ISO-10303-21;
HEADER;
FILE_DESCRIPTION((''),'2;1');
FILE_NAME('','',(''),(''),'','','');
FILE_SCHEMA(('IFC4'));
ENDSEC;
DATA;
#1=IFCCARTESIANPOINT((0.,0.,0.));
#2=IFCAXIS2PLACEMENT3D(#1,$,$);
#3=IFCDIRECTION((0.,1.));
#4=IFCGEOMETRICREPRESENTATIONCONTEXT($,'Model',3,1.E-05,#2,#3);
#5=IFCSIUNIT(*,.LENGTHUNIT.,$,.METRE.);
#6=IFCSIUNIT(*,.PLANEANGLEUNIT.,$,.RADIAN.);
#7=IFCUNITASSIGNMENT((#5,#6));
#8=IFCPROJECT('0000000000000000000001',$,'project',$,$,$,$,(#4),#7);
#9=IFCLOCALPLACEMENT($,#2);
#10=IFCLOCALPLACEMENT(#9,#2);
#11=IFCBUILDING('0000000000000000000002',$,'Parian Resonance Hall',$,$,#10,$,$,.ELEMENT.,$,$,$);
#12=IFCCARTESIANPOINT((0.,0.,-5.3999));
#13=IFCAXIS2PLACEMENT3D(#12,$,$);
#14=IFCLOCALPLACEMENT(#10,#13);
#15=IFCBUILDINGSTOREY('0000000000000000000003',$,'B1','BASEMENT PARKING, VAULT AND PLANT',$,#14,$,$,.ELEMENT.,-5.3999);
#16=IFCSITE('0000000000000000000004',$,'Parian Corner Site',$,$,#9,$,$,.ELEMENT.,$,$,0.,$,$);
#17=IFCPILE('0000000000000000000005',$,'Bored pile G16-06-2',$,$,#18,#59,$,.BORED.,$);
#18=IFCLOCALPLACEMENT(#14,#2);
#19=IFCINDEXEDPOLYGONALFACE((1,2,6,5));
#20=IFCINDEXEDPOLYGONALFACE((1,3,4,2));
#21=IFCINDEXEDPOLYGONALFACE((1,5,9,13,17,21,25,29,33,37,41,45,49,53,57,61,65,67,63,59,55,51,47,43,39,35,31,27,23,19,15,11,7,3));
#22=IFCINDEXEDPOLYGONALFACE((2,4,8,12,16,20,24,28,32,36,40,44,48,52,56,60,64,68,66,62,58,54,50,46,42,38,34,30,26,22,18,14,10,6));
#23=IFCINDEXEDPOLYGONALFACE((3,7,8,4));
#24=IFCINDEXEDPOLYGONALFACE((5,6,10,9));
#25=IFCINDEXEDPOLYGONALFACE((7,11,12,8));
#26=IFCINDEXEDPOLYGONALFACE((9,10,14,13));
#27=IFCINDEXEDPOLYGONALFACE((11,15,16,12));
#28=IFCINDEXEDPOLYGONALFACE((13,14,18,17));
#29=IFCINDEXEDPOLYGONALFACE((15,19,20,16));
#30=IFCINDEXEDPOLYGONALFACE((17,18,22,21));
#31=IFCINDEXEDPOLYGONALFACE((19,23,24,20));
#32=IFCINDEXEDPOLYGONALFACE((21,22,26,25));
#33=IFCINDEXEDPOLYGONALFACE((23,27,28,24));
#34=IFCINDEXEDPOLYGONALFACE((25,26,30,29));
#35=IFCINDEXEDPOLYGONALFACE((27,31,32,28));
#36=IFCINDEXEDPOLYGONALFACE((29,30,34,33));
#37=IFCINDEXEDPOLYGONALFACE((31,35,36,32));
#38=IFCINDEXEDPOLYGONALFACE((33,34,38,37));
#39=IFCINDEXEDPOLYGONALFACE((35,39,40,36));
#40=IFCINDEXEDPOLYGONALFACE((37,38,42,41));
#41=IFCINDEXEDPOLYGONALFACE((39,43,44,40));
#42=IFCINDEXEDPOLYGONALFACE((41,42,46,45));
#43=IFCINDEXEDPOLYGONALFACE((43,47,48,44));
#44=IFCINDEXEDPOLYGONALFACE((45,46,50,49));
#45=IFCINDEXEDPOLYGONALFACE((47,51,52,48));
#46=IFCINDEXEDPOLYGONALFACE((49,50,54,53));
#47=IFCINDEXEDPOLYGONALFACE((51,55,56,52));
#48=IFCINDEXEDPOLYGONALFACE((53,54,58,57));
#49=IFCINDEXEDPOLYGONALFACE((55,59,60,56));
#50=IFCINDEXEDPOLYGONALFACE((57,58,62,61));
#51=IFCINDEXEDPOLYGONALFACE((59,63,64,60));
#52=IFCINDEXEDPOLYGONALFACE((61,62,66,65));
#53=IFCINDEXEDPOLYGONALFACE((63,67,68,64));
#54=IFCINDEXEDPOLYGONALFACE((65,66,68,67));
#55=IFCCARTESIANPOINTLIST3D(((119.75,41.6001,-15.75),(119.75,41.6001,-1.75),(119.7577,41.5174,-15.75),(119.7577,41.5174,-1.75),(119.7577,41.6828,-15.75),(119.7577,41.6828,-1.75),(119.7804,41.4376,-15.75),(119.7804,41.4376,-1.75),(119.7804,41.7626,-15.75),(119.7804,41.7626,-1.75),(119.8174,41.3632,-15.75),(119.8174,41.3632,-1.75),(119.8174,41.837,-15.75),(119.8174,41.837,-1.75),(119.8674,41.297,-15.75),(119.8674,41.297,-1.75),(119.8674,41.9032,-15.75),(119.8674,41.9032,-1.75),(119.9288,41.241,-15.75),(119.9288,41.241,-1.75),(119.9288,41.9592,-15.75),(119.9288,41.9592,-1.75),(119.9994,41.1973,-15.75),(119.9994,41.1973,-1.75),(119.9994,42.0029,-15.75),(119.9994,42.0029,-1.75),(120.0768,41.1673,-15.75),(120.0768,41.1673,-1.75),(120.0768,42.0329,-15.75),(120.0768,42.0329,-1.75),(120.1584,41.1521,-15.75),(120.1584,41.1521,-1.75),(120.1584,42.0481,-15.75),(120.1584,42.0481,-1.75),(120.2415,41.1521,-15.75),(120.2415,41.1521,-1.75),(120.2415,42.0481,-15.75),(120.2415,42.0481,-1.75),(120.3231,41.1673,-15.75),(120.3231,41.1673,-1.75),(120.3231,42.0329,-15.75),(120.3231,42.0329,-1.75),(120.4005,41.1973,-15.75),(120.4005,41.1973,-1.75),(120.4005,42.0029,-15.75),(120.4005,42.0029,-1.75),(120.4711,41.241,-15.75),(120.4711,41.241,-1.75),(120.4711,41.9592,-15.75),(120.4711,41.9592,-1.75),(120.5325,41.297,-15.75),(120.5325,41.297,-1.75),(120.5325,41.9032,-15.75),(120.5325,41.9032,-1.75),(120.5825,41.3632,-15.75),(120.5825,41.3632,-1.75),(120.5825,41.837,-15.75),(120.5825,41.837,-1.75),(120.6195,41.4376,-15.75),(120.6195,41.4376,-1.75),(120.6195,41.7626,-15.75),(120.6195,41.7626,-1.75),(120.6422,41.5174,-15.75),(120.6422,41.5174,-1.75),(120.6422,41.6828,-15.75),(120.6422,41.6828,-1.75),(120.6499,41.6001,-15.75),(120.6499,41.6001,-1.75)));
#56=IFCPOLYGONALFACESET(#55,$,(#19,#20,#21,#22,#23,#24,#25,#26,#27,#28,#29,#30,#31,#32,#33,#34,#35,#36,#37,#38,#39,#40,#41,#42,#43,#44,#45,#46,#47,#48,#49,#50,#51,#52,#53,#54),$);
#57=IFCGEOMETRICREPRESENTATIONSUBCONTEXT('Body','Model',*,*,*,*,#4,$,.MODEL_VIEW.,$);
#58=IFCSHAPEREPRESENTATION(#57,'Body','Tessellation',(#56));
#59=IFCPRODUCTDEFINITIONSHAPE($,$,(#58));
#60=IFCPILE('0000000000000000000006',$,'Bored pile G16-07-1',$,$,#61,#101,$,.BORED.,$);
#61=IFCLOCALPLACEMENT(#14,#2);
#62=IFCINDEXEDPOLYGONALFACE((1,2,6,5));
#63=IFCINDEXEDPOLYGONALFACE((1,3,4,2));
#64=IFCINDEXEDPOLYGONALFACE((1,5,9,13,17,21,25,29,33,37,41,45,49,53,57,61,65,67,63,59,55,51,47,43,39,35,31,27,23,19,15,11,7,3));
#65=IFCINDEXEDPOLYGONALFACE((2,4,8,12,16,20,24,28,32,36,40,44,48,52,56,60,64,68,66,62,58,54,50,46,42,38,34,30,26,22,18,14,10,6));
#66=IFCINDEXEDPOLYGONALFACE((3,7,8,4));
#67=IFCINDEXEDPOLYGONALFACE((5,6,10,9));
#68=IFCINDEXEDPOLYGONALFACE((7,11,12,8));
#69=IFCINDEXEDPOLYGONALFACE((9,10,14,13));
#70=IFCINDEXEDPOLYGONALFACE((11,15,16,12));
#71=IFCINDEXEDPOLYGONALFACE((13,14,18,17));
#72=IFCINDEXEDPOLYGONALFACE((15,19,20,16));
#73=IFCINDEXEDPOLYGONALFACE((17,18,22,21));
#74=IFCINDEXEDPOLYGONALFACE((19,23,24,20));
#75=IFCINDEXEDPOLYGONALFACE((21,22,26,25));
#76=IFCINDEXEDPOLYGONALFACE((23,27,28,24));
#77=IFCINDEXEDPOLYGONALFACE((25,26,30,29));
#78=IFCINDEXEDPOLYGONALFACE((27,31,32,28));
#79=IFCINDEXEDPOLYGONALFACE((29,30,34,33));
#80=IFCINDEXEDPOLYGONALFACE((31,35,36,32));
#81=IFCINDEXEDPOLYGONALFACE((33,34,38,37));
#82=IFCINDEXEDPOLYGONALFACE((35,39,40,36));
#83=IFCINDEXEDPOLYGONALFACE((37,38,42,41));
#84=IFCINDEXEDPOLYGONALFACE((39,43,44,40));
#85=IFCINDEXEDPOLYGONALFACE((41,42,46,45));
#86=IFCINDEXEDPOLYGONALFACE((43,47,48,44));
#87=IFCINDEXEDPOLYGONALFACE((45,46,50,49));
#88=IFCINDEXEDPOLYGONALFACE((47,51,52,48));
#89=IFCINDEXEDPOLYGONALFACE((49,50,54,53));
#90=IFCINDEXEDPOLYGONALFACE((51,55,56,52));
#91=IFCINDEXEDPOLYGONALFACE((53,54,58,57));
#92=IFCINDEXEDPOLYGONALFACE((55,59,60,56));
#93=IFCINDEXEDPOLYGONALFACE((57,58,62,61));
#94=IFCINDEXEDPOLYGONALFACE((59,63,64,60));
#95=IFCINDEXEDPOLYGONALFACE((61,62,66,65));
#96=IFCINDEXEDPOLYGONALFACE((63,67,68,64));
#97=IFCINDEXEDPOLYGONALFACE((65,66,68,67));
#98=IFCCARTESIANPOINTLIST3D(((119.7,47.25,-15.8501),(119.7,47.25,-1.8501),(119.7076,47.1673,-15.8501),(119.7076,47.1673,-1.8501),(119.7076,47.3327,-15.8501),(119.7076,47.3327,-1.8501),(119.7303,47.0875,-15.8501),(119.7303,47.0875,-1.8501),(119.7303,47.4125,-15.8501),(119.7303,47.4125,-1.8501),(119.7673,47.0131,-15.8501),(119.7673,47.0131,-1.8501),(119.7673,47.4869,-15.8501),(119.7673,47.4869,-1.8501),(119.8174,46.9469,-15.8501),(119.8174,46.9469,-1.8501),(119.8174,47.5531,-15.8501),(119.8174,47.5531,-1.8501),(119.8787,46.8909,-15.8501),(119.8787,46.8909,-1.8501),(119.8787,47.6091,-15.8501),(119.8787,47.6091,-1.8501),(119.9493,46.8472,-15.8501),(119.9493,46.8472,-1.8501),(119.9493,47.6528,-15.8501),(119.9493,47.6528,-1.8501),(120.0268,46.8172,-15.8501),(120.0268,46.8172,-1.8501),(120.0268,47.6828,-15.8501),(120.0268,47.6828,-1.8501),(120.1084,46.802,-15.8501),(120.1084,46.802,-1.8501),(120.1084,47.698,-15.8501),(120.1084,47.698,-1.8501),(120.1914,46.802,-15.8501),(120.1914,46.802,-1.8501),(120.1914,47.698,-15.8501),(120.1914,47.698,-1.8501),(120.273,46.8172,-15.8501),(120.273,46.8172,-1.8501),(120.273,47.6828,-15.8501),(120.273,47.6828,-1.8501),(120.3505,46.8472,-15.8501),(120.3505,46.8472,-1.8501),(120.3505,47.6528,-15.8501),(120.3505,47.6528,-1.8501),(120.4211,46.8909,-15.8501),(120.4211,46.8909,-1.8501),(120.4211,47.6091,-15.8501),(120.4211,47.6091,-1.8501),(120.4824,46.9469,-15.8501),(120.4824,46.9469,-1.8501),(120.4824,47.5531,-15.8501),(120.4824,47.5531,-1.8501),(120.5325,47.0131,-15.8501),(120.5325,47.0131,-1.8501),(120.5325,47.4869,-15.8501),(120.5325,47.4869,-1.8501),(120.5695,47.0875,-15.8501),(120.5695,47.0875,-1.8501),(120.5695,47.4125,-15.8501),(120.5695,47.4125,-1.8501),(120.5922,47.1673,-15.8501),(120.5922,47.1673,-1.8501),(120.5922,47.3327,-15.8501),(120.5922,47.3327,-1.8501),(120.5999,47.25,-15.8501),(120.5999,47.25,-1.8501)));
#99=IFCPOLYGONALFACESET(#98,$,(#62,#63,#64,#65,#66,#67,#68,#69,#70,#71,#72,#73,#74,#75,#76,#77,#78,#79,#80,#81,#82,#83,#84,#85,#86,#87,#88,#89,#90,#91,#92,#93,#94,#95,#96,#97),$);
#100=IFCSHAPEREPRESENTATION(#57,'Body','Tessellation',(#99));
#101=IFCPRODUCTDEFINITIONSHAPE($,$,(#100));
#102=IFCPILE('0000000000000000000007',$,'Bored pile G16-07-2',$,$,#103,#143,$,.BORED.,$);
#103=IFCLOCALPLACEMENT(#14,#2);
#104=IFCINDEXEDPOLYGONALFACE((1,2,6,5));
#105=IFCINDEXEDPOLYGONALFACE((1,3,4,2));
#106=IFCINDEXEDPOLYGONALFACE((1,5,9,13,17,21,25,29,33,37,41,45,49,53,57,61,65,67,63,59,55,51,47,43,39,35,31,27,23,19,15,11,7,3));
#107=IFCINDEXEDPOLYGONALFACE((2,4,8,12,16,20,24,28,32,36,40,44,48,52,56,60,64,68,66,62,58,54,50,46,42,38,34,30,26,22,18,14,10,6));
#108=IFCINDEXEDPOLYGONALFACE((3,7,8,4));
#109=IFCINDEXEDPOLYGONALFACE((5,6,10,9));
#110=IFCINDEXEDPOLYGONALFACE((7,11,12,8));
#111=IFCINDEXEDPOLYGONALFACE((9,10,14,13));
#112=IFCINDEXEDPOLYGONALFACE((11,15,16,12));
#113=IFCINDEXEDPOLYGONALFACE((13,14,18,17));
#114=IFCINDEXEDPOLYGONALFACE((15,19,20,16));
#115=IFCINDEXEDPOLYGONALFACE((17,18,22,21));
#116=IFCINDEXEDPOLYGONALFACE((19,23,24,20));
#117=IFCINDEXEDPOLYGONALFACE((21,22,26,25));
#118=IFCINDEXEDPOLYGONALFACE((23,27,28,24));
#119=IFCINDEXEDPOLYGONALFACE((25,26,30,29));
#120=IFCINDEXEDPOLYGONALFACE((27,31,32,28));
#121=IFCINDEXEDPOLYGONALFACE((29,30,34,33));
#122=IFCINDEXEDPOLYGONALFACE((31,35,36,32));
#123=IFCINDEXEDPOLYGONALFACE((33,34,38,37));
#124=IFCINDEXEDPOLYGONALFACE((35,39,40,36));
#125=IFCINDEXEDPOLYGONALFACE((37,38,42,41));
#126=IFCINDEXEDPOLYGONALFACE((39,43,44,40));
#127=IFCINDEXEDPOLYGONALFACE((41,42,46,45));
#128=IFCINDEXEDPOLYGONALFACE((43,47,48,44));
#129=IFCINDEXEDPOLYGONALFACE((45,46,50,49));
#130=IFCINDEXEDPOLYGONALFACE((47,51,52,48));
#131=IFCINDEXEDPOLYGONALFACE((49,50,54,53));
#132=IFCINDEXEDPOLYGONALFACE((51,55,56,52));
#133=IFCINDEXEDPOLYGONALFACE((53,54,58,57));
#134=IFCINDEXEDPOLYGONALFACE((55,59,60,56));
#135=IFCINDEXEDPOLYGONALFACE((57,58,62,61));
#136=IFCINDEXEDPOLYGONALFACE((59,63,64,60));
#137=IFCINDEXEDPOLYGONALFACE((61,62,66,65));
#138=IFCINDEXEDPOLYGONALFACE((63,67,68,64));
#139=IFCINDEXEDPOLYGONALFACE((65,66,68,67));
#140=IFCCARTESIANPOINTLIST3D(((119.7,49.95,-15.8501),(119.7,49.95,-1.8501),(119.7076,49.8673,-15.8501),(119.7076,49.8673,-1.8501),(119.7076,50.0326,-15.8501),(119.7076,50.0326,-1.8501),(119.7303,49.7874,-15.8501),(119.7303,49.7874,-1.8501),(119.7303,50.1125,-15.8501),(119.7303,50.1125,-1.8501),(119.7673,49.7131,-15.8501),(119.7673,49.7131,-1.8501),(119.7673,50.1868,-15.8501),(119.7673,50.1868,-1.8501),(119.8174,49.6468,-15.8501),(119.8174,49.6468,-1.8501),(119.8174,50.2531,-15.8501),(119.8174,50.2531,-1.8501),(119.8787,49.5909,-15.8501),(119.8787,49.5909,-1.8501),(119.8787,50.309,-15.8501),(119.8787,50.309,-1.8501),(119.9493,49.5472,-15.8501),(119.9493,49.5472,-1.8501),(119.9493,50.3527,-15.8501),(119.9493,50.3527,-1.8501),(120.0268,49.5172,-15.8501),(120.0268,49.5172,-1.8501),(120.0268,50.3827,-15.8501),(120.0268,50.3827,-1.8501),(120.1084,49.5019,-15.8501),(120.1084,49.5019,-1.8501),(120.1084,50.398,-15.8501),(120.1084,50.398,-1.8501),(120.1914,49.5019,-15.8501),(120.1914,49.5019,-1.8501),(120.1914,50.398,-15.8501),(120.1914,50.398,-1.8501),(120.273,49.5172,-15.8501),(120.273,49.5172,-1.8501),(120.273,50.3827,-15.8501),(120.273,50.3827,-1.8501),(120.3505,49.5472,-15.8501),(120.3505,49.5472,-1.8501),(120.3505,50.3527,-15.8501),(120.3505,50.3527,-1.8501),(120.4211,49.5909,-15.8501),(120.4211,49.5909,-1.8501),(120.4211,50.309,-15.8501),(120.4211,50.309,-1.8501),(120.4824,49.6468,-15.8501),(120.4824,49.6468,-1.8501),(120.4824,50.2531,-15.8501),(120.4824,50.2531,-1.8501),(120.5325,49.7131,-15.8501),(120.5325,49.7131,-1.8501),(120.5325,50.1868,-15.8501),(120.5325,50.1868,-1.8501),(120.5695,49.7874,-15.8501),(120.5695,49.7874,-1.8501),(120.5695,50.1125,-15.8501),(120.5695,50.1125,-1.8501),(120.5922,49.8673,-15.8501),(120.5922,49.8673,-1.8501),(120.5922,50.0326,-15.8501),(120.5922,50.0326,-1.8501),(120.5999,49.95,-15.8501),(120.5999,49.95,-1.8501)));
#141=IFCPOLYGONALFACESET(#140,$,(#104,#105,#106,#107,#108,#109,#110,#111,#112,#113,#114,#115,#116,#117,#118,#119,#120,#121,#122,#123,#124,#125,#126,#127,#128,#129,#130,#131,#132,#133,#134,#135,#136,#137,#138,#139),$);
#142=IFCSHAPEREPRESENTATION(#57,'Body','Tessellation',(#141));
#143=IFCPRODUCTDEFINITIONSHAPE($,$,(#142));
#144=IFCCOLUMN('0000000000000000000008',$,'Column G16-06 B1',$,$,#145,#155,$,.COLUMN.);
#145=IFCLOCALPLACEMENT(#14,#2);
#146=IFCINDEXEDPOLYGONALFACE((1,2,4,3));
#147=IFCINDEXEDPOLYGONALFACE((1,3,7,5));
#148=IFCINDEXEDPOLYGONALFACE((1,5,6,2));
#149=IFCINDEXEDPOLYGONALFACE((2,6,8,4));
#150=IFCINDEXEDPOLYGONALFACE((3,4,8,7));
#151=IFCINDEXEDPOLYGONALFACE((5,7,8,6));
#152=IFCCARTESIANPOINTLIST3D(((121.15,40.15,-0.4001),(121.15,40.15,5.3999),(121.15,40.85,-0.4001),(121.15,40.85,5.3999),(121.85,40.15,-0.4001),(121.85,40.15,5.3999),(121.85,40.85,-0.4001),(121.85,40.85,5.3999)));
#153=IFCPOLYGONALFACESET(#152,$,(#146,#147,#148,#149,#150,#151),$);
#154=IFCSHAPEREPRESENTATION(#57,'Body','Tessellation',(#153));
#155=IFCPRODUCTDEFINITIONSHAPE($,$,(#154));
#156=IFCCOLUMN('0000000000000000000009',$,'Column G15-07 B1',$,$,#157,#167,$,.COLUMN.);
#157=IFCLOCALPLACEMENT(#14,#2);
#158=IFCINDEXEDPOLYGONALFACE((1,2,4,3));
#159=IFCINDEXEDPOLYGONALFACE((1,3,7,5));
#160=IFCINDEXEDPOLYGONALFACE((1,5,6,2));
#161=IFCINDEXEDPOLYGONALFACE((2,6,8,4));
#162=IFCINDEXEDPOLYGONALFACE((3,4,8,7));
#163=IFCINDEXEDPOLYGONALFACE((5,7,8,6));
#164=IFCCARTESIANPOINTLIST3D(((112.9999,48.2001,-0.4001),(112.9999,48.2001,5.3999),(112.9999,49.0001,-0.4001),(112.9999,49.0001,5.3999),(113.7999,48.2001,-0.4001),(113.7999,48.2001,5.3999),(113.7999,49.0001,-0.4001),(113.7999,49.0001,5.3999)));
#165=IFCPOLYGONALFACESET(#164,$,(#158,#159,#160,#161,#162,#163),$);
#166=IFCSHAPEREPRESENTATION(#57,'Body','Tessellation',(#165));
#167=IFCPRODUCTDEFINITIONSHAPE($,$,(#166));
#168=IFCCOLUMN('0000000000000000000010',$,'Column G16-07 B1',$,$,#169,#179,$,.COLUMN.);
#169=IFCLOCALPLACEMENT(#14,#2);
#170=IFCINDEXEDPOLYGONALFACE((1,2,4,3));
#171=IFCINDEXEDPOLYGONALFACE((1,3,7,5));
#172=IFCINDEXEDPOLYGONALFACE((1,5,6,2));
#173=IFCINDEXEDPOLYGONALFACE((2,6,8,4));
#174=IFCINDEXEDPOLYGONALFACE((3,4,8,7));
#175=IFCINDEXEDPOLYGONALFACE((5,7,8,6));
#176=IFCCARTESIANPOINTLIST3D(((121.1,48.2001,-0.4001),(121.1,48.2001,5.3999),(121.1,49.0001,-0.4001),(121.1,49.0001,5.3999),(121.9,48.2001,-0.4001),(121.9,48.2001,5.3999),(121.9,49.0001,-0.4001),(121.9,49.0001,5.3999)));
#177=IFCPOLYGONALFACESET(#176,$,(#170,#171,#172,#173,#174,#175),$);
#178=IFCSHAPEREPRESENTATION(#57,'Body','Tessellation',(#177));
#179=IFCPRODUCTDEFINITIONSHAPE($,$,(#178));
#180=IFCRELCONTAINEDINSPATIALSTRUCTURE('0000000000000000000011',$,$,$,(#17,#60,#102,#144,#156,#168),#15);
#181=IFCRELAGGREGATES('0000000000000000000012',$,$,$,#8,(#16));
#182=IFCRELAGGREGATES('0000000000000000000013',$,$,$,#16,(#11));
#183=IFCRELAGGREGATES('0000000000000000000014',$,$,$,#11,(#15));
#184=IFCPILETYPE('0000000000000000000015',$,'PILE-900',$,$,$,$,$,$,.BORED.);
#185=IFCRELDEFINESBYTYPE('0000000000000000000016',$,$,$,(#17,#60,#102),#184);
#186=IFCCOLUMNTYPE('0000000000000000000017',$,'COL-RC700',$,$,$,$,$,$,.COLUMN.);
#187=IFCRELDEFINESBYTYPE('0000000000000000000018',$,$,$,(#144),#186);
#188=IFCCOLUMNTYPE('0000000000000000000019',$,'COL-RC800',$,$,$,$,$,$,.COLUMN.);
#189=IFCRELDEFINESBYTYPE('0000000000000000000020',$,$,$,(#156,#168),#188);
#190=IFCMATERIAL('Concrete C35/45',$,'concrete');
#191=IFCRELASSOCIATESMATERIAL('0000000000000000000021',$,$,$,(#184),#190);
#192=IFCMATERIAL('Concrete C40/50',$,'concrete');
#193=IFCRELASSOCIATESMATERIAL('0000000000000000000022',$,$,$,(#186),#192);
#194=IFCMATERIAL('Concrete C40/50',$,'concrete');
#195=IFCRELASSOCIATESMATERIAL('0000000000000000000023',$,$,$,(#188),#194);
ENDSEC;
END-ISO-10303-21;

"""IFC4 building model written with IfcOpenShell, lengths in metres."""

from ifc_helpers import new_model, si_unit, direction, frame, origin, origin_2d, place, context, subcontext, project, spatial, rectangle, circle, extrude, material, material_profile, profile_set, type_object, element, save


model = new_model("IFC4")

# Units and contexts
model_context = context("Model", 3, precision=1e-05, world=origin(), true_north=direction((0.0, 1.0)))
body_context = subcontext(model_context, "Body", "Model", "MODEL_VIEW")
ifc_project = project(units=[si_unit("LENGTHUNIT", "METRE"), si_unit("PLANEANGLEUNIT", "RADIAN")], contexts=[model_context])

# Site, building, storey
site_placement = place(None, origin())
site = spatial("IfcSite", under=ifc_project, at=site_placement, Name="Parian Corner Site", CompositionType="ELEMENT", RefElevation=0.0)
building_placement = place(site_placement, origin())
building = spatial("IfcBuilding", under=site, at=building_placement, Name="Parian Resonance Hall", CompositionType="ELEMENT")
storey_placement = place(building_placement, frame((0.0, 0.0, -5.3999)))
storey = spatial("IfcBuildingStorey", under=building, at=storey_placement, Name="B1", Description="BASEMENT PARKING, VAULT AND PLANT", CompositionType="ELEMENT", Elevation=-5.3999)

# Piles
ifc_material_1 = material(Name="Concrete C35/45", Category="concrete")
ifc_material_profile_1 = material_profile(ifc_material_1, circle(Radius=0.45, at=origin_2d()), Name="PILE-D900")
ifc_profile_set_1 = profile_set([ifc_material_profile_1], Name="Concrete C35/45")
pile_type = type_object("IfcPileType", Name="PILE-900", PredefinedType="BORED", material=ifc_profile_set_1)
for number, where, z_axis, x_axis, name in (
    (1, (120.2, 41.6001, -1.75), (0.0, 0.0, -1.0), (1.0, 0.0, 0.0), "Bored pile G16-06-2"),
    (2, (120.1499, 47.25, -1.8501), (0.0, 0.0, -1.0), (1.0, 0.0, 0.0), "Bored pile G16-07-1"),
    (3, (120.1499, 49.95, -1.8501), (0.0, 0.0, -1.0), (1.0, 0.0, 0.0), "Bored pile G16-07-2"),
):
    element("IfcPile", number, at=place(storey_placement, frame(where, z_axis=z_axis, x_axis=x_axis)), inside=storey, type_object=pile_type, Name=name, PredefinedType="BORED", context=body_context, shape_type="SweptSolid", body=[
        extrude(circle(Radius=0.45, at=origin_2d()), origin(), (0.0, 0.0, 1.0), 14.0),
    ])

# Columns
ifc_material_2 = material(Name="Concrete C40/50", Category="concrete")
ifc_material_profile_2 = material_profile(ifc_material_2, rectangle(XDim=0.7, YDim=0.7, at=origin_2d()), Name="RC-COL-700x700")
ifc_profile_set_2 = profile_set([ifc_material_profile_2], Name="Concrete C40/50")
column_type_1 = type_object("IfcColumnType", Name="COL-RC700", PredefinedType="COLUMN", material=ifc_profile_set_2)
column_placement = place(storey_placement, frame((121.5, 40.5, -0.4001), z_axis=(0.0, 0.0, 1.0), x_axis=(1.0, 0.0, 0.0)))
element("IfcColumn", 4, at=column_placement, inside=storey, type_object=column_type_1, Name="Column G16-06 B1", PredefinedType="COLUMN", context=body_context, shape_type="SweptSolid", body=[
    extrude(rectangle(XDim=0.7, YDim=0.7, at=origin_2d()), origin(), (0.0, 0.0, 1.0), 5.8),
])
ifc_material_3 = material(Name="Concrete C40/50", Category="concrete")
ifc_material_profile_3 = material_profile(ifc_material_3, rectangle(XDim=0.8, YDim=0.8, at=origin_2d()), Name="RC-COL-800x800")
ifc_profile_set_3 = profile_set([ifc_material_profile_3], Name="Concrete C40/50")
column_type_2 = type_object("IfcColumnType", Name="COL-RC800", PredefinedType="COLUMN", material=ifc_profile_set_3)
for number, where, z_axis, x_axis, name in (
    (5, (113.3999, 48.6001, -0.4001), (0.0, 0.0, 1.0), (1.0, 0.0, 0.0), "Column G15-07 B1"),
    (6, (121.5, 48.6001, -0.4001), (0.0, 0.0, 1.0), (1.0, 0.0, 0.0), "Column G16-07 B1"),
):
    element("IfcColumn", number, at=place(storey_placement, frame(where, z_axis=z_axis, x_axis=x_axis)), inside=storey, type_object=column_type_2, Name=name, PredefinedType="COLUMN", context=body_context, shape_type="SweptSolid", body=[
        extrude(rectangle(XDim=0.8, YDim=0.8, at=origin_2d()), origin(), (0.0, 0.0, 1.0), 5.8),
    ])

save(model, "model.ifc")
